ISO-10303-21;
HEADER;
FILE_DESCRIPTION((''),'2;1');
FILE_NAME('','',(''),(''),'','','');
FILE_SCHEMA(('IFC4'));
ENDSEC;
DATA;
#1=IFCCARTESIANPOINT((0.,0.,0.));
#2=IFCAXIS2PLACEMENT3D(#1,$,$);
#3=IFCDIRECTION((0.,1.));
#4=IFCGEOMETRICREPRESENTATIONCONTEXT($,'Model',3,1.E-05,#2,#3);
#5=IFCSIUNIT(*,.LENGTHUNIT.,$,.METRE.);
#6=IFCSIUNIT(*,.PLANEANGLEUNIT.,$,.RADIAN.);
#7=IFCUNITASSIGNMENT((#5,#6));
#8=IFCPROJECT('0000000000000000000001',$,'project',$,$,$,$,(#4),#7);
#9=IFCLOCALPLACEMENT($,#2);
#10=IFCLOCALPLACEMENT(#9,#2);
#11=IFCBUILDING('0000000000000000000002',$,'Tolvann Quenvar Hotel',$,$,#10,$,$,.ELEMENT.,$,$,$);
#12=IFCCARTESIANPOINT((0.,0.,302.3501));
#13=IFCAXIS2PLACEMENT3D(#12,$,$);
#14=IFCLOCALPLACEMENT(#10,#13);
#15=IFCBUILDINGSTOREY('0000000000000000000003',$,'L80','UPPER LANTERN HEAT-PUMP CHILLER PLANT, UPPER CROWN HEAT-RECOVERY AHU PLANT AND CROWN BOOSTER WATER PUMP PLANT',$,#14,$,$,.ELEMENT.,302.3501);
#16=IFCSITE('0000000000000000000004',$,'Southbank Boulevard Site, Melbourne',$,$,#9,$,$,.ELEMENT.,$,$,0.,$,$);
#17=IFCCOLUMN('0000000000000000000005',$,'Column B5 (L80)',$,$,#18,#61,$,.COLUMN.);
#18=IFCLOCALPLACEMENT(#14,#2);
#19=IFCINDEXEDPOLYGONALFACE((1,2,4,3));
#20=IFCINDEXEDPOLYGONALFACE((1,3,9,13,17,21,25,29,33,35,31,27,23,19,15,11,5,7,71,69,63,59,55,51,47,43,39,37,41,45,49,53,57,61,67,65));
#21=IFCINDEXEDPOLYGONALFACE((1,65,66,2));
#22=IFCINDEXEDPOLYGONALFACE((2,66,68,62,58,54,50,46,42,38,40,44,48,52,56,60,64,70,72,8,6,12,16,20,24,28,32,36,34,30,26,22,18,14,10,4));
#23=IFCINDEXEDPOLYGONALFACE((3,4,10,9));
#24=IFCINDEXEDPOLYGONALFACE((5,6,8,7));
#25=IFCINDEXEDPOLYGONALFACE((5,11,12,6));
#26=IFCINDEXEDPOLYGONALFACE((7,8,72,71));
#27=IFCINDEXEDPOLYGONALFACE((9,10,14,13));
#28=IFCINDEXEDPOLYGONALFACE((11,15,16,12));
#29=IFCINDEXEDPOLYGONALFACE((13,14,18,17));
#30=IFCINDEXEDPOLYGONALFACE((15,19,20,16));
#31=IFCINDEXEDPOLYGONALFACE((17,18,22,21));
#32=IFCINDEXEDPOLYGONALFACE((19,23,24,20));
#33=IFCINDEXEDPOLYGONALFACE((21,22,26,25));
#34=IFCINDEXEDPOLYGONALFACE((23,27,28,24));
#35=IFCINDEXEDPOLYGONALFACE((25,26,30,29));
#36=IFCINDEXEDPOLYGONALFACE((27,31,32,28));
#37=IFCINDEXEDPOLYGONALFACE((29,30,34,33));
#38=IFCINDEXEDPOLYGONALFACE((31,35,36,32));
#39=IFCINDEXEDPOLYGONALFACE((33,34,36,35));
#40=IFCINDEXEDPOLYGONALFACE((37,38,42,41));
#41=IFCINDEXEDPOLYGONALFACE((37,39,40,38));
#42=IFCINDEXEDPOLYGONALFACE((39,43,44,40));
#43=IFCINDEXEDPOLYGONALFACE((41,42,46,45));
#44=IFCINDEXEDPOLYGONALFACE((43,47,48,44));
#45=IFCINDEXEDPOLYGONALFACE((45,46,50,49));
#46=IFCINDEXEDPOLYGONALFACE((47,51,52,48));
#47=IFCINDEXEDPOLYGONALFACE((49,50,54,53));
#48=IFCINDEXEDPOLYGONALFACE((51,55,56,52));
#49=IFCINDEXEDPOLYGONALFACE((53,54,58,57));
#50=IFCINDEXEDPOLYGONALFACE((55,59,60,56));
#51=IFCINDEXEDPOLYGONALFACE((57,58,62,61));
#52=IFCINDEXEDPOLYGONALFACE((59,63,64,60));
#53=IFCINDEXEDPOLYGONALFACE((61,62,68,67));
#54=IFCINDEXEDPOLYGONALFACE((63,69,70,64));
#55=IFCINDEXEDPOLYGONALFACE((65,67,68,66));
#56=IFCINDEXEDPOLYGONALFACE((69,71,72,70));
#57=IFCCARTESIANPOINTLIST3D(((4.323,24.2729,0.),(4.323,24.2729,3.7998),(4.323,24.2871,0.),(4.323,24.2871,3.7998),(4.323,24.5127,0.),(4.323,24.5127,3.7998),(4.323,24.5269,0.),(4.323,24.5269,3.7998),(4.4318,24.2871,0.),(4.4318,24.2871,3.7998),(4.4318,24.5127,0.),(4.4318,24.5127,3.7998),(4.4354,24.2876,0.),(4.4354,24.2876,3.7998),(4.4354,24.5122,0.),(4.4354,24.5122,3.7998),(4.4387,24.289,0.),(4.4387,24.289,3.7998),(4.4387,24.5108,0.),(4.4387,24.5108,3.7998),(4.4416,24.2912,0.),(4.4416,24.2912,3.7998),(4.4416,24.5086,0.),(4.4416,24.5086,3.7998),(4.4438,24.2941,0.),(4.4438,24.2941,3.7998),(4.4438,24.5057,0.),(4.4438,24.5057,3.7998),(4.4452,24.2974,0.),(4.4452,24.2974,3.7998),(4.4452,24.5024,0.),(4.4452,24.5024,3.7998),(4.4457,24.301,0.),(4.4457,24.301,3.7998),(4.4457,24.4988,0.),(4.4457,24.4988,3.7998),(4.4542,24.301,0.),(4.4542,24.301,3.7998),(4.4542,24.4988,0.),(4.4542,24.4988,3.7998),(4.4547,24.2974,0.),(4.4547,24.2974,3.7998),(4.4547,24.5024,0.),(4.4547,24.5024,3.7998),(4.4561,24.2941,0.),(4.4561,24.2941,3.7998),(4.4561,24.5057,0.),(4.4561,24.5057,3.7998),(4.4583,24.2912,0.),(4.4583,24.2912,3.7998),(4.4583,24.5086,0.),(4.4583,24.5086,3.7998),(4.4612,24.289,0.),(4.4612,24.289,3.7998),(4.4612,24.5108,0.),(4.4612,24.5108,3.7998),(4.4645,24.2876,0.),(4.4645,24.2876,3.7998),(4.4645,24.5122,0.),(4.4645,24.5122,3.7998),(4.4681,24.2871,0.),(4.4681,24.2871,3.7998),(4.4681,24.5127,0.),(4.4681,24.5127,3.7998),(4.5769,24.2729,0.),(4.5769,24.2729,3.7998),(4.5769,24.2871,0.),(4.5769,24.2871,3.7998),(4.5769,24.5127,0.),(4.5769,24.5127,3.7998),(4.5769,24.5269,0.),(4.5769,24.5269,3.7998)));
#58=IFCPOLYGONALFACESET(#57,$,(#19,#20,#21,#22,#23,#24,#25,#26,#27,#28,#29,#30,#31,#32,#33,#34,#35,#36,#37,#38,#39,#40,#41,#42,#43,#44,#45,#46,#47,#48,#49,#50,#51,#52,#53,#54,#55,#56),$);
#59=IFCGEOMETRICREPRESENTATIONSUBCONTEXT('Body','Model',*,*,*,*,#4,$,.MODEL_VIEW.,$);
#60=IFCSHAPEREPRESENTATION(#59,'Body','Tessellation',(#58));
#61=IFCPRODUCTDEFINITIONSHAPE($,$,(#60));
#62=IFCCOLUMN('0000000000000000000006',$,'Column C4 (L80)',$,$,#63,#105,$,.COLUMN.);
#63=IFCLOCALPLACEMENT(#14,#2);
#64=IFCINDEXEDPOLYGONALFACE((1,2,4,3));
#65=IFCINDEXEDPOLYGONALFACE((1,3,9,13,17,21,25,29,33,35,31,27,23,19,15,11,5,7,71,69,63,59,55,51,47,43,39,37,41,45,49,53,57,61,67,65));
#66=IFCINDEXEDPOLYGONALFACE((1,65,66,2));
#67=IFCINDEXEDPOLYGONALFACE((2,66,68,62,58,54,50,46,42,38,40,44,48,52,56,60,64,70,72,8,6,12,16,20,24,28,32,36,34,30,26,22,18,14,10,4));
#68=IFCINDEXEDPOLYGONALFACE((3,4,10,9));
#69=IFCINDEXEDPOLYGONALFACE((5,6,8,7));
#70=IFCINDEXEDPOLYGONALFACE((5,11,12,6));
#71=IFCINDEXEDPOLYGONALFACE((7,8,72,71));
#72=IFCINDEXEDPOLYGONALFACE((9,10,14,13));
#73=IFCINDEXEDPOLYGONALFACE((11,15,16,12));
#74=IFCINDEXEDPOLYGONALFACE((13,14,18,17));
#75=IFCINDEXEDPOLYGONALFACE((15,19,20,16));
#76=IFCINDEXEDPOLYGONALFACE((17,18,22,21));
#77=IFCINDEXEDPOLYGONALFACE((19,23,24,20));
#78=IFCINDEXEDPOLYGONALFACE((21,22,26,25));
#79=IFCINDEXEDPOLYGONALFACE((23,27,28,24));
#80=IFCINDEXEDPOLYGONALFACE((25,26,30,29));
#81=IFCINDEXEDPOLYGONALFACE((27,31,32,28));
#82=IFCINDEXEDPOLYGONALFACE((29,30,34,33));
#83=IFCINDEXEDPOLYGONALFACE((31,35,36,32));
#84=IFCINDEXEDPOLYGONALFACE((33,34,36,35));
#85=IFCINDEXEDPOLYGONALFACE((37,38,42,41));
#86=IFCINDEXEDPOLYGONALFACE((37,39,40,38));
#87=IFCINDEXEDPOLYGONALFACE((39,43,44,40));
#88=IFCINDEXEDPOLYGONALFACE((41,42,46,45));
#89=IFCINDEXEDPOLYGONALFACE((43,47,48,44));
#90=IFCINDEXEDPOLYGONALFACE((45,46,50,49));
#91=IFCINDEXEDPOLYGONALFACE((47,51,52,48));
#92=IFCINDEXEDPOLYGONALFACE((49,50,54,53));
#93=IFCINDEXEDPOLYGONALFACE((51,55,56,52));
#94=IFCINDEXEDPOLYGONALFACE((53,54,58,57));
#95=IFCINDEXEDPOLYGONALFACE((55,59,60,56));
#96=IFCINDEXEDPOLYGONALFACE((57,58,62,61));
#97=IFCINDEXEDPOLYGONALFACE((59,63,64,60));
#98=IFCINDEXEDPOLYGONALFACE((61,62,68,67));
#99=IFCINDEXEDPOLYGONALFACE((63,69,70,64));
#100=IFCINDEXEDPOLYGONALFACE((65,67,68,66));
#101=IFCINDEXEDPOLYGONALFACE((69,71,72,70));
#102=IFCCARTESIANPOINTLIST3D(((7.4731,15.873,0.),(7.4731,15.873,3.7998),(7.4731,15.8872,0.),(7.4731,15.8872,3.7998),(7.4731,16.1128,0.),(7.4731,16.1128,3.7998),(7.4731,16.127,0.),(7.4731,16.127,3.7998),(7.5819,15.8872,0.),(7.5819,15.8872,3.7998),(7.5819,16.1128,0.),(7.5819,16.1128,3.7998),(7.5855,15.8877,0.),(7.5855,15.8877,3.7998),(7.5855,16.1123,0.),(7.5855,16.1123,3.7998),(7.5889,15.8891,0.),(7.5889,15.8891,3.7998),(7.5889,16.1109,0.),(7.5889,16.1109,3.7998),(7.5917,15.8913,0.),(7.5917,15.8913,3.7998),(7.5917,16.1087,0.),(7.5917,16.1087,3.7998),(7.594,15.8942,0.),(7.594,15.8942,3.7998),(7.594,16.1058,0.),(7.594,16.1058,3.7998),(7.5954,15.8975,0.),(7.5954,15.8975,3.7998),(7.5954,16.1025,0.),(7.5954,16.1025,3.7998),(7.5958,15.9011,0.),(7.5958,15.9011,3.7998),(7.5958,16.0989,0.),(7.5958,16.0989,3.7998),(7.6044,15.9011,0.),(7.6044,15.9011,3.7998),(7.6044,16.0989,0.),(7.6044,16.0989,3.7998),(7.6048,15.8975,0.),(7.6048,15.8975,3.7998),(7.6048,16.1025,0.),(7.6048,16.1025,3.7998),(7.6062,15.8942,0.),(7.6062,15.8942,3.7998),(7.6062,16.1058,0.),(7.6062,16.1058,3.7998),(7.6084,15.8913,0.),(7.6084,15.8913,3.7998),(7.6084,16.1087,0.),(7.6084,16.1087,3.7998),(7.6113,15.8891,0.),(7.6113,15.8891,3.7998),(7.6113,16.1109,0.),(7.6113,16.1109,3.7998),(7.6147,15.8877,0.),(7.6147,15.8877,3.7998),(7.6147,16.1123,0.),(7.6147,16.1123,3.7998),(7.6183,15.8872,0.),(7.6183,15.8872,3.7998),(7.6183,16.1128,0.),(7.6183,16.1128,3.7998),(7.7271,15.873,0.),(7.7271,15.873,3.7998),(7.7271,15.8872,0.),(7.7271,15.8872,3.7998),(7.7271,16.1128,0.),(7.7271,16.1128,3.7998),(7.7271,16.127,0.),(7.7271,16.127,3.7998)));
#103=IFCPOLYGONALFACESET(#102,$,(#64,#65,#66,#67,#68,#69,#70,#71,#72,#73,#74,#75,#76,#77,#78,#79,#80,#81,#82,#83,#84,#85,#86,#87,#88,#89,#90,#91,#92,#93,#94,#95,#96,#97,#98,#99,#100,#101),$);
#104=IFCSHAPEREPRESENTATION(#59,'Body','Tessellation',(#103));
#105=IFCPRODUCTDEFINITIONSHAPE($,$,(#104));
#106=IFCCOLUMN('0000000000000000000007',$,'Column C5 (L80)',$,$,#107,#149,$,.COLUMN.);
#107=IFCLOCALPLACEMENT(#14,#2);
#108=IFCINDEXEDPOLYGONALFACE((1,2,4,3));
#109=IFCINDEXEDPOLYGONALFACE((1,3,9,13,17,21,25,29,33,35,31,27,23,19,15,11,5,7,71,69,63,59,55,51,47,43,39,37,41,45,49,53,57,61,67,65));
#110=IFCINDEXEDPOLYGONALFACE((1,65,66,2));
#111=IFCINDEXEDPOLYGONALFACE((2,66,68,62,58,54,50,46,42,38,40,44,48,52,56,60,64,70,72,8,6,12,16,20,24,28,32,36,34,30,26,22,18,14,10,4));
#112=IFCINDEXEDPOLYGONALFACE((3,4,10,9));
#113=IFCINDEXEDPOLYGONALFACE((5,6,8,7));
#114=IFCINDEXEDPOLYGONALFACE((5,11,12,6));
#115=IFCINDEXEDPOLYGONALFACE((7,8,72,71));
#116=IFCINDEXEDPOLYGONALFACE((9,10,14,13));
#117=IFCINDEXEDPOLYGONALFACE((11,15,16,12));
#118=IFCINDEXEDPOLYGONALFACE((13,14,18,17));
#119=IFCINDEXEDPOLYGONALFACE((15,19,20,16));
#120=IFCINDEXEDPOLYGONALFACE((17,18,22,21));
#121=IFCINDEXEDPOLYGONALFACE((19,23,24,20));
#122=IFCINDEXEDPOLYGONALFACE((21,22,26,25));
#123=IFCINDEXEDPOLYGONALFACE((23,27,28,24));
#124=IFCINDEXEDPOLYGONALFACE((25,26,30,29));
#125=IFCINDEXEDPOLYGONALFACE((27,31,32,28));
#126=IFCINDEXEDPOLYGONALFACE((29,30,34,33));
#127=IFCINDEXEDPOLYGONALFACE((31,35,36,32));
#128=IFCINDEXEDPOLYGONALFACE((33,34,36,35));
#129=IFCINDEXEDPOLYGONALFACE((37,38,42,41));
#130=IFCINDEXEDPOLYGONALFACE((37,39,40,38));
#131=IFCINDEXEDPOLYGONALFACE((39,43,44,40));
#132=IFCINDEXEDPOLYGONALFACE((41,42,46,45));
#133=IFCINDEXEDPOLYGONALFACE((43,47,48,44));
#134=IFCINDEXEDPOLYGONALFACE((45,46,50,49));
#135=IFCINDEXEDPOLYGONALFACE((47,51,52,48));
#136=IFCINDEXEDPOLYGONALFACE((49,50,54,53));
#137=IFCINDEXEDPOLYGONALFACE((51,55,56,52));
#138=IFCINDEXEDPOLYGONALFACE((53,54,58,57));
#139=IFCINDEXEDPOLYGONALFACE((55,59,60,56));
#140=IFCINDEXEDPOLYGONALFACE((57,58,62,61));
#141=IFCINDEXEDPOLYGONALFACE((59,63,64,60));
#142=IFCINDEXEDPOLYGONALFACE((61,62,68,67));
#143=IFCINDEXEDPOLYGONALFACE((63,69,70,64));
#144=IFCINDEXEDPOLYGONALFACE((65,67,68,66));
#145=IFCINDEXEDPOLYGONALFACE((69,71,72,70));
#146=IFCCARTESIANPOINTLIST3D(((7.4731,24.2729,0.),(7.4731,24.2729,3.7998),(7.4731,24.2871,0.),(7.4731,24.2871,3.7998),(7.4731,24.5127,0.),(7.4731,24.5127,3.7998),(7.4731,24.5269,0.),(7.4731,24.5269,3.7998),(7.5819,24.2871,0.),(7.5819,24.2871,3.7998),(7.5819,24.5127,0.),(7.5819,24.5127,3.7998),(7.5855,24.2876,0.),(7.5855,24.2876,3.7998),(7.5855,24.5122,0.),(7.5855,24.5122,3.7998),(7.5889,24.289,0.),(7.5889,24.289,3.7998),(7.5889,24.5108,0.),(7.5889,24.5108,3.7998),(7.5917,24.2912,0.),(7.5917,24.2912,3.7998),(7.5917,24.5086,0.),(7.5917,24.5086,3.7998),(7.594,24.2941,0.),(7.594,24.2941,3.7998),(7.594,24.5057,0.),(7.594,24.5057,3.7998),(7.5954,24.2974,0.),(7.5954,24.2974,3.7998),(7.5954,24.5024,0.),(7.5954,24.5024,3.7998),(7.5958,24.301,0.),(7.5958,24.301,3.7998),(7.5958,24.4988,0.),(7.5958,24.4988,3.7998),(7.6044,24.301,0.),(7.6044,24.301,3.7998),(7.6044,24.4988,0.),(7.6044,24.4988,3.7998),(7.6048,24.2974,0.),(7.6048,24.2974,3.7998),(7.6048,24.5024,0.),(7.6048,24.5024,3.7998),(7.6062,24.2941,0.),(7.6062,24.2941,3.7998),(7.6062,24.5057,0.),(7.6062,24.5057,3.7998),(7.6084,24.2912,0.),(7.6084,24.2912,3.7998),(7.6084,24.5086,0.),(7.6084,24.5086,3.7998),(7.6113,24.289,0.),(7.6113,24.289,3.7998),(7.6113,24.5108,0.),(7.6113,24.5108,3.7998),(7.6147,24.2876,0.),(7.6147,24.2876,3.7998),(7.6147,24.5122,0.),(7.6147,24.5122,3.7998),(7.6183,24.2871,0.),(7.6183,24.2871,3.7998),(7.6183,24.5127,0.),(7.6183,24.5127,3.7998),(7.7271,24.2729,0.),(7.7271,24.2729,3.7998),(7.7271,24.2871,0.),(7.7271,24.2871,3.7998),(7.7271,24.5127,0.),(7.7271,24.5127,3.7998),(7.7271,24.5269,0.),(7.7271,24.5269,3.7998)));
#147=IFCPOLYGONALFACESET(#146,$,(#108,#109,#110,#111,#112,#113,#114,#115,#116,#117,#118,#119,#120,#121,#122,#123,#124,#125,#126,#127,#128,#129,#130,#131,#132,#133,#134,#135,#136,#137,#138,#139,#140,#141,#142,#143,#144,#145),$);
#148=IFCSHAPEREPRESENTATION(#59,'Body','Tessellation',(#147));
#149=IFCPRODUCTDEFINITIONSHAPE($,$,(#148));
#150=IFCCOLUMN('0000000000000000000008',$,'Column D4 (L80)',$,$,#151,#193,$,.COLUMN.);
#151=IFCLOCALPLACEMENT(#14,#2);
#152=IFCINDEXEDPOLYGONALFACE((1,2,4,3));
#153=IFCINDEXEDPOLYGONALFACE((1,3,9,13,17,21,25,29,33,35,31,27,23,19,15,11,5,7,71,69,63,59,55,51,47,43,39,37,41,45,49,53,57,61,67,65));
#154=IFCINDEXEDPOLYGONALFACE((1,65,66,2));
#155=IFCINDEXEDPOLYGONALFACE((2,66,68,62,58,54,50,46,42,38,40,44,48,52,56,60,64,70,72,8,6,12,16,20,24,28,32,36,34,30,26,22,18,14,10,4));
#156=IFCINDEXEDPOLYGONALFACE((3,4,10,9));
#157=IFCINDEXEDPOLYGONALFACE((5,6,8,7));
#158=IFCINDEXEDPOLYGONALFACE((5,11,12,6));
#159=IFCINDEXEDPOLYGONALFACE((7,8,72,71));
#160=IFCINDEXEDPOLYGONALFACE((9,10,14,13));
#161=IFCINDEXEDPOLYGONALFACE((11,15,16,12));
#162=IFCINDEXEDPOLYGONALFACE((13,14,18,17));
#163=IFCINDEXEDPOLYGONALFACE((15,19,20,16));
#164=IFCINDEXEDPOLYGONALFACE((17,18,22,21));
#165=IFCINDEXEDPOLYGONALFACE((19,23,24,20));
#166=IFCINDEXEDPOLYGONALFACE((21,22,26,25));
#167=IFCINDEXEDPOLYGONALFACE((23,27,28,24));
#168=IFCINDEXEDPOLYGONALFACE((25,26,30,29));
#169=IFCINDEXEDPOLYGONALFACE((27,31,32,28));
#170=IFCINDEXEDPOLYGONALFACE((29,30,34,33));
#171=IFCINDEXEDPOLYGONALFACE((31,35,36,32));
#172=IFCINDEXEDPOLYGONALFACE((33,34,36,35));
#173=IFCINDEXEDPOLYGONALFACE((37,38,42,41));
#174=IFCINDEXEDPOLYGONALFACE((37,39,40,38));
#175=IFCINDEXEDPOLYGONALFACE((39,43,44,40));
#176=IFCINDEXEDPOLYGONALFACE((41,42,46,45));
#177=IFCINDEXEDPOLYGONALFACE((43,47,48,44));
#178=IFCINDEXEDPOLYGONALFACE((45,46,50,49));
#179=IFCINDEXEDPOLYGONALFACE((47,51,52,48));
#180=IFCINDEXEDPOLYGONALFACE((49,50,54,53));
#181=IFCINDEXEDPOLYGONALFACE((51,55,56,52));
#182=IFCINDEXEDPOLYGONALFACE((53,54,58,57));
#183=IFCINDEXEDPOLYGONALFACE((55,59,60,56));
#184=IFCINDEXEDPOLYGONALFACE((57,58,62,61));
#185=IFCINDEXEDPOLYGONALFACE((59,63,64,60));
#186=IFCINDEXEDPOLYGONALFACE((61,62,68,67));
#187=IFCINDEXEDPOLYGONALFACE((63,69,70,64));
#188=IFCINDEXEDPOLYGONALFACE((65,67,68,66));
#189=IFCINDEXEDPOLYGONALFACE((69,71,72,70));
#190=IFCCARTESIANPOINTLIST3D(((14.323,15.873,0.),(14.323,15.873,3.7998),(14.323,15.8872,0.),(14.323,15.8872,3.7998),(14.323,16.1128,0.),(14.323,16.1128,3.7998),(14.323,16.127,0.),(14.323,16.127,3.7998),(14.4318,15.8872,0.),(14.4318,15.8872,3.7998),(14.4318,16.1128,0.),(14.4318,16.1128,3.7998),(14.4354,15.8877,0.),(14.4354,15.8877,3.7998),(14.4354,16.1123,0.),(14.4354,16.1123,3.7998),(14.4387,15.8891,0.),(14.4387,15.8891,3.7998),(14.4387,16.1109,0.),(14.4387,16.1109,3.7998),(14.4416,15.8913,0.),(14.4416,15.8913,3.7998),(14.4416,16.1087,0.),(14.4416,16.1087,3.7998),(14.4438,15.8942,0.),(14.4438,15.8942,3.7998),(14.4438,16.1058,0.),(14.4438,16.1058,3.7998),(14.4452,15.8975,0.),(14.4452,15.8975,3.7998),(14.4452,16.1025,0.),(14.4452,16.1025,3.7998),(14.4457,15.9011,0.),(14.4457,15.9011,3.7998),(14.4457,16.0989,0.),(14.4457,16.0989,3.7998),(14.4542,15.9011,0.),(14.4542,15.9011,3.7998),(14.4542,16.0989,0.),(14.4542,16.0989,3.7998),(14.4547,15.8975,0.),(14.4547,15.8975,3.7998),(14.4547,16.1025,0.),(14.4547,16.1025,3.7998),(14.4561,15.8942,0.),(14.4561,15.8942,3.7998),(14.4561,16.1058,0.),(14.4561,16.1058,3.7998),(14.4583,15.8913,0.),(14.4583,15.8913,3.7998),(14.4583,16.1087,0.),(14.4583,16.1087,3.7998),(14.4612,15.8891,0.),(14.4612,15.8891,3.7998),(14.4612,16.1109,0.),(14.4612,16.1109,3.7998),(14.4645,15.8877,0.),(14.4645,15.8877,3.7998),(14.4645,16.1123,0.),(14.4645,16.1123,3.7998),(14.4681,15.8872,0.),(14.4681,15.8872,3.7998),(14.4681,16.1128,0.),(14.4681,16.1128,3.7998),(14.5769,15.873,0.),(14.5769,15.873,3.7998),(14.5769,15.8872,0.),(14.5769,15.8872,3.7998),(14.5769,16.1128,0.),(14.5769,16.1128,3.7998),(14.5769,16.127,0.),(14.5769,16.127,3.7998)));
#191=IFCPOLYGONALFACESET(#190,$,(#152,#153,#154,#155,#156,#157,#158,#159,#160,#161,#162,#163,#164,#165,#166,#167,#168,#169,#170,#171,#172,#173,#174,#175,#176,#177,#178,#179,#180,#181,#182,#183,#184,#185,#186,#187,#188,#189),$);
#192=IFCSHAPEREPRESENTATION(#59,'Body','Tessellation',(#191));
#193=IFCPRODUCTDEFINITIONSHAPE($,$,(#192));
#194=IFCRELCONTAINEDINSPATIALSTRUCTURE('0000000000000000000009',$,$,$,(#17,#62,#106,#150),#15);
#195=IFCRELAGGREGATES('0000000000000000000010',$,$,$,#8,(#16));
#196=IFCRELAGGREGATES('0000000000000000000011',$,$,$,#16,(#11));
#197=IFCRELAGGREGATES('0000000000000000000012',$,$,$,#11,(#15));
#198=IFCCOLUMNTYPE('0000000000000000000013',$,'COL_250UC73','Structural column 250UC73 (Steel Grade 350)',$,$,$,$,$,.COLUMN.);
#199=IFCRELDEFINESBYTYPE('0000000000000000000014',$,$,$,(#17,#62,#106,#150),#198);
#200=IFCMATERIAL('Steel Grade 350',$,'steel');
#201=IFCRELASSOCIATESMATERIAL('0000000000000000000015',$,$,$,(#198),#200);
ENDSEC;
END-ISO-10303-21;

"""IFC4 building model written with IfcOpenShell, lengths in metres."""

from ifc_helpers import new_model, si_unit, direction, frame, origin, origin_2d, place, context, subcontext, project, spatial, i_section, extrude, source, transform, mapped, material, material_profile, profile_set, type_object, type_shapes, element, save


model = new_model("IFC4")

# Units and contexts
model_context = context("Model", 3, precision=1e-05, world=origin(), true_north=direction((0.0, 1.0)))
body_context = subcontext(model_context, "Body", "Model", "MODEL_VIEW")
ifc_project = project(units=[si_unit("LENGTHUNIT", "METRE"), si_unit("PLANEANGLEUNIT", "RADIAN")], contexts=[model_context])

# Site, building, storey
site_placement = place(None, origin())
site = spatial("IfcSite", under=ifc_project, at=site_placement, Name="Southbank Boulevard Site, Melbourne", CompositionType="ELEMENT", RefElevation=0.0)
building_placement = place(site_placement, origin())
building = spatial("IfcBuilding", under=site, at=building_placement, Name="Tolvann Quenvar Hotel", CompositionType="ELEMENT")
storey_placement = place(building_placement, frame((0.0, 0.0, 302.3501)))
storey = spatial("IfcBuildingStorey", under=building, at=storey_placement, Name="L80", Description="UPPER LANTERN HEAT-PUMP CHILLER PLANT, UPPER CROWN HEAT-RECOVERY AHU PLANT AND CROWN BOOSTER WATER PUMP PLANT", CompositionType="ELEMENT", Elevation=302.3501)

# Columns
ifc_material_1 = material(Name="Steel Grade 350", Category="steel")
ifc_material_profile_1 = material_profile(ifc_material_1, i_section(OverallWidth=0.2539, OverallDepth=0.2539, WebThickness=0.0085, FlangeThickness=0.0142, FilletRadius=0.0139, at=origin_2d()), Name="250UC73")
ifc_profile_set_1 = profile_set([ifc_material_profile_1], Name="Steel Grade 350")
column_type = type_object("IfcColumnType", Name="COL_250UC73", Description="Structural column 250UC73 (Steel Grade 350)", PredefinedType="COLUMN", material=ifc_profile_set_1)
shared_shape_1 = source(origin(), body_context, "Body", "SweptSolid", [
    extrude(i_section(OverallWidth=0.2539, OverallDepth=0.2539, WebThickness=0.0085, FlangeThickness=0.0142, FilletRadius=0.0139, at=origin_2d()), origin(), (0.0, 0.0, 1.0), 3.7998),
])
type_shapes(column_type, [shared_shape_1])
for number, where, z_axis, x_axis, name in (
    (1, (4.45, 24.3999, 0.0), (0.0, 0.0, 1.0), (1.0, 0.0, 0.0), "Column B5 (L80)"),
    (2, (7.6001, 16.0, 0.0), (0.0, 0.0, 1.0), (1.0, 0.0, 0.0), "Column C4 (L80)"),
    (3, (7.6001, 24.3999, 0.0), (0.0, 0.0, 1.0), (1.0, 0.0, 0.0), "Column C5 (L80)"),
    (4, (14.45, 16.0, 0.0), (0.0, 0.0, 1.0), (1.0, 0.0, 0.0), "Column D4 (L80)"),
):
    element("IfcColumn", number, at=place(storey_placement, frame(where, z_axis=z_axis, x_axis=x_axis)), inside=storey, type_object=column_type, Name=name, PredefinedType="COLUMN", context=body_context, shape_type="MappedRepresentation", body=[
        mapped(shared_shape_1, transform((0.0, 0.0, 0.0), x_axis=(1.0, 0.0, 0.0), y_axis=(0.0, 1.0, 0.0), z_axis=(0.0, 0.0, 1.0), scale=1.0)),
    ])

save(model, "model.ifc")
